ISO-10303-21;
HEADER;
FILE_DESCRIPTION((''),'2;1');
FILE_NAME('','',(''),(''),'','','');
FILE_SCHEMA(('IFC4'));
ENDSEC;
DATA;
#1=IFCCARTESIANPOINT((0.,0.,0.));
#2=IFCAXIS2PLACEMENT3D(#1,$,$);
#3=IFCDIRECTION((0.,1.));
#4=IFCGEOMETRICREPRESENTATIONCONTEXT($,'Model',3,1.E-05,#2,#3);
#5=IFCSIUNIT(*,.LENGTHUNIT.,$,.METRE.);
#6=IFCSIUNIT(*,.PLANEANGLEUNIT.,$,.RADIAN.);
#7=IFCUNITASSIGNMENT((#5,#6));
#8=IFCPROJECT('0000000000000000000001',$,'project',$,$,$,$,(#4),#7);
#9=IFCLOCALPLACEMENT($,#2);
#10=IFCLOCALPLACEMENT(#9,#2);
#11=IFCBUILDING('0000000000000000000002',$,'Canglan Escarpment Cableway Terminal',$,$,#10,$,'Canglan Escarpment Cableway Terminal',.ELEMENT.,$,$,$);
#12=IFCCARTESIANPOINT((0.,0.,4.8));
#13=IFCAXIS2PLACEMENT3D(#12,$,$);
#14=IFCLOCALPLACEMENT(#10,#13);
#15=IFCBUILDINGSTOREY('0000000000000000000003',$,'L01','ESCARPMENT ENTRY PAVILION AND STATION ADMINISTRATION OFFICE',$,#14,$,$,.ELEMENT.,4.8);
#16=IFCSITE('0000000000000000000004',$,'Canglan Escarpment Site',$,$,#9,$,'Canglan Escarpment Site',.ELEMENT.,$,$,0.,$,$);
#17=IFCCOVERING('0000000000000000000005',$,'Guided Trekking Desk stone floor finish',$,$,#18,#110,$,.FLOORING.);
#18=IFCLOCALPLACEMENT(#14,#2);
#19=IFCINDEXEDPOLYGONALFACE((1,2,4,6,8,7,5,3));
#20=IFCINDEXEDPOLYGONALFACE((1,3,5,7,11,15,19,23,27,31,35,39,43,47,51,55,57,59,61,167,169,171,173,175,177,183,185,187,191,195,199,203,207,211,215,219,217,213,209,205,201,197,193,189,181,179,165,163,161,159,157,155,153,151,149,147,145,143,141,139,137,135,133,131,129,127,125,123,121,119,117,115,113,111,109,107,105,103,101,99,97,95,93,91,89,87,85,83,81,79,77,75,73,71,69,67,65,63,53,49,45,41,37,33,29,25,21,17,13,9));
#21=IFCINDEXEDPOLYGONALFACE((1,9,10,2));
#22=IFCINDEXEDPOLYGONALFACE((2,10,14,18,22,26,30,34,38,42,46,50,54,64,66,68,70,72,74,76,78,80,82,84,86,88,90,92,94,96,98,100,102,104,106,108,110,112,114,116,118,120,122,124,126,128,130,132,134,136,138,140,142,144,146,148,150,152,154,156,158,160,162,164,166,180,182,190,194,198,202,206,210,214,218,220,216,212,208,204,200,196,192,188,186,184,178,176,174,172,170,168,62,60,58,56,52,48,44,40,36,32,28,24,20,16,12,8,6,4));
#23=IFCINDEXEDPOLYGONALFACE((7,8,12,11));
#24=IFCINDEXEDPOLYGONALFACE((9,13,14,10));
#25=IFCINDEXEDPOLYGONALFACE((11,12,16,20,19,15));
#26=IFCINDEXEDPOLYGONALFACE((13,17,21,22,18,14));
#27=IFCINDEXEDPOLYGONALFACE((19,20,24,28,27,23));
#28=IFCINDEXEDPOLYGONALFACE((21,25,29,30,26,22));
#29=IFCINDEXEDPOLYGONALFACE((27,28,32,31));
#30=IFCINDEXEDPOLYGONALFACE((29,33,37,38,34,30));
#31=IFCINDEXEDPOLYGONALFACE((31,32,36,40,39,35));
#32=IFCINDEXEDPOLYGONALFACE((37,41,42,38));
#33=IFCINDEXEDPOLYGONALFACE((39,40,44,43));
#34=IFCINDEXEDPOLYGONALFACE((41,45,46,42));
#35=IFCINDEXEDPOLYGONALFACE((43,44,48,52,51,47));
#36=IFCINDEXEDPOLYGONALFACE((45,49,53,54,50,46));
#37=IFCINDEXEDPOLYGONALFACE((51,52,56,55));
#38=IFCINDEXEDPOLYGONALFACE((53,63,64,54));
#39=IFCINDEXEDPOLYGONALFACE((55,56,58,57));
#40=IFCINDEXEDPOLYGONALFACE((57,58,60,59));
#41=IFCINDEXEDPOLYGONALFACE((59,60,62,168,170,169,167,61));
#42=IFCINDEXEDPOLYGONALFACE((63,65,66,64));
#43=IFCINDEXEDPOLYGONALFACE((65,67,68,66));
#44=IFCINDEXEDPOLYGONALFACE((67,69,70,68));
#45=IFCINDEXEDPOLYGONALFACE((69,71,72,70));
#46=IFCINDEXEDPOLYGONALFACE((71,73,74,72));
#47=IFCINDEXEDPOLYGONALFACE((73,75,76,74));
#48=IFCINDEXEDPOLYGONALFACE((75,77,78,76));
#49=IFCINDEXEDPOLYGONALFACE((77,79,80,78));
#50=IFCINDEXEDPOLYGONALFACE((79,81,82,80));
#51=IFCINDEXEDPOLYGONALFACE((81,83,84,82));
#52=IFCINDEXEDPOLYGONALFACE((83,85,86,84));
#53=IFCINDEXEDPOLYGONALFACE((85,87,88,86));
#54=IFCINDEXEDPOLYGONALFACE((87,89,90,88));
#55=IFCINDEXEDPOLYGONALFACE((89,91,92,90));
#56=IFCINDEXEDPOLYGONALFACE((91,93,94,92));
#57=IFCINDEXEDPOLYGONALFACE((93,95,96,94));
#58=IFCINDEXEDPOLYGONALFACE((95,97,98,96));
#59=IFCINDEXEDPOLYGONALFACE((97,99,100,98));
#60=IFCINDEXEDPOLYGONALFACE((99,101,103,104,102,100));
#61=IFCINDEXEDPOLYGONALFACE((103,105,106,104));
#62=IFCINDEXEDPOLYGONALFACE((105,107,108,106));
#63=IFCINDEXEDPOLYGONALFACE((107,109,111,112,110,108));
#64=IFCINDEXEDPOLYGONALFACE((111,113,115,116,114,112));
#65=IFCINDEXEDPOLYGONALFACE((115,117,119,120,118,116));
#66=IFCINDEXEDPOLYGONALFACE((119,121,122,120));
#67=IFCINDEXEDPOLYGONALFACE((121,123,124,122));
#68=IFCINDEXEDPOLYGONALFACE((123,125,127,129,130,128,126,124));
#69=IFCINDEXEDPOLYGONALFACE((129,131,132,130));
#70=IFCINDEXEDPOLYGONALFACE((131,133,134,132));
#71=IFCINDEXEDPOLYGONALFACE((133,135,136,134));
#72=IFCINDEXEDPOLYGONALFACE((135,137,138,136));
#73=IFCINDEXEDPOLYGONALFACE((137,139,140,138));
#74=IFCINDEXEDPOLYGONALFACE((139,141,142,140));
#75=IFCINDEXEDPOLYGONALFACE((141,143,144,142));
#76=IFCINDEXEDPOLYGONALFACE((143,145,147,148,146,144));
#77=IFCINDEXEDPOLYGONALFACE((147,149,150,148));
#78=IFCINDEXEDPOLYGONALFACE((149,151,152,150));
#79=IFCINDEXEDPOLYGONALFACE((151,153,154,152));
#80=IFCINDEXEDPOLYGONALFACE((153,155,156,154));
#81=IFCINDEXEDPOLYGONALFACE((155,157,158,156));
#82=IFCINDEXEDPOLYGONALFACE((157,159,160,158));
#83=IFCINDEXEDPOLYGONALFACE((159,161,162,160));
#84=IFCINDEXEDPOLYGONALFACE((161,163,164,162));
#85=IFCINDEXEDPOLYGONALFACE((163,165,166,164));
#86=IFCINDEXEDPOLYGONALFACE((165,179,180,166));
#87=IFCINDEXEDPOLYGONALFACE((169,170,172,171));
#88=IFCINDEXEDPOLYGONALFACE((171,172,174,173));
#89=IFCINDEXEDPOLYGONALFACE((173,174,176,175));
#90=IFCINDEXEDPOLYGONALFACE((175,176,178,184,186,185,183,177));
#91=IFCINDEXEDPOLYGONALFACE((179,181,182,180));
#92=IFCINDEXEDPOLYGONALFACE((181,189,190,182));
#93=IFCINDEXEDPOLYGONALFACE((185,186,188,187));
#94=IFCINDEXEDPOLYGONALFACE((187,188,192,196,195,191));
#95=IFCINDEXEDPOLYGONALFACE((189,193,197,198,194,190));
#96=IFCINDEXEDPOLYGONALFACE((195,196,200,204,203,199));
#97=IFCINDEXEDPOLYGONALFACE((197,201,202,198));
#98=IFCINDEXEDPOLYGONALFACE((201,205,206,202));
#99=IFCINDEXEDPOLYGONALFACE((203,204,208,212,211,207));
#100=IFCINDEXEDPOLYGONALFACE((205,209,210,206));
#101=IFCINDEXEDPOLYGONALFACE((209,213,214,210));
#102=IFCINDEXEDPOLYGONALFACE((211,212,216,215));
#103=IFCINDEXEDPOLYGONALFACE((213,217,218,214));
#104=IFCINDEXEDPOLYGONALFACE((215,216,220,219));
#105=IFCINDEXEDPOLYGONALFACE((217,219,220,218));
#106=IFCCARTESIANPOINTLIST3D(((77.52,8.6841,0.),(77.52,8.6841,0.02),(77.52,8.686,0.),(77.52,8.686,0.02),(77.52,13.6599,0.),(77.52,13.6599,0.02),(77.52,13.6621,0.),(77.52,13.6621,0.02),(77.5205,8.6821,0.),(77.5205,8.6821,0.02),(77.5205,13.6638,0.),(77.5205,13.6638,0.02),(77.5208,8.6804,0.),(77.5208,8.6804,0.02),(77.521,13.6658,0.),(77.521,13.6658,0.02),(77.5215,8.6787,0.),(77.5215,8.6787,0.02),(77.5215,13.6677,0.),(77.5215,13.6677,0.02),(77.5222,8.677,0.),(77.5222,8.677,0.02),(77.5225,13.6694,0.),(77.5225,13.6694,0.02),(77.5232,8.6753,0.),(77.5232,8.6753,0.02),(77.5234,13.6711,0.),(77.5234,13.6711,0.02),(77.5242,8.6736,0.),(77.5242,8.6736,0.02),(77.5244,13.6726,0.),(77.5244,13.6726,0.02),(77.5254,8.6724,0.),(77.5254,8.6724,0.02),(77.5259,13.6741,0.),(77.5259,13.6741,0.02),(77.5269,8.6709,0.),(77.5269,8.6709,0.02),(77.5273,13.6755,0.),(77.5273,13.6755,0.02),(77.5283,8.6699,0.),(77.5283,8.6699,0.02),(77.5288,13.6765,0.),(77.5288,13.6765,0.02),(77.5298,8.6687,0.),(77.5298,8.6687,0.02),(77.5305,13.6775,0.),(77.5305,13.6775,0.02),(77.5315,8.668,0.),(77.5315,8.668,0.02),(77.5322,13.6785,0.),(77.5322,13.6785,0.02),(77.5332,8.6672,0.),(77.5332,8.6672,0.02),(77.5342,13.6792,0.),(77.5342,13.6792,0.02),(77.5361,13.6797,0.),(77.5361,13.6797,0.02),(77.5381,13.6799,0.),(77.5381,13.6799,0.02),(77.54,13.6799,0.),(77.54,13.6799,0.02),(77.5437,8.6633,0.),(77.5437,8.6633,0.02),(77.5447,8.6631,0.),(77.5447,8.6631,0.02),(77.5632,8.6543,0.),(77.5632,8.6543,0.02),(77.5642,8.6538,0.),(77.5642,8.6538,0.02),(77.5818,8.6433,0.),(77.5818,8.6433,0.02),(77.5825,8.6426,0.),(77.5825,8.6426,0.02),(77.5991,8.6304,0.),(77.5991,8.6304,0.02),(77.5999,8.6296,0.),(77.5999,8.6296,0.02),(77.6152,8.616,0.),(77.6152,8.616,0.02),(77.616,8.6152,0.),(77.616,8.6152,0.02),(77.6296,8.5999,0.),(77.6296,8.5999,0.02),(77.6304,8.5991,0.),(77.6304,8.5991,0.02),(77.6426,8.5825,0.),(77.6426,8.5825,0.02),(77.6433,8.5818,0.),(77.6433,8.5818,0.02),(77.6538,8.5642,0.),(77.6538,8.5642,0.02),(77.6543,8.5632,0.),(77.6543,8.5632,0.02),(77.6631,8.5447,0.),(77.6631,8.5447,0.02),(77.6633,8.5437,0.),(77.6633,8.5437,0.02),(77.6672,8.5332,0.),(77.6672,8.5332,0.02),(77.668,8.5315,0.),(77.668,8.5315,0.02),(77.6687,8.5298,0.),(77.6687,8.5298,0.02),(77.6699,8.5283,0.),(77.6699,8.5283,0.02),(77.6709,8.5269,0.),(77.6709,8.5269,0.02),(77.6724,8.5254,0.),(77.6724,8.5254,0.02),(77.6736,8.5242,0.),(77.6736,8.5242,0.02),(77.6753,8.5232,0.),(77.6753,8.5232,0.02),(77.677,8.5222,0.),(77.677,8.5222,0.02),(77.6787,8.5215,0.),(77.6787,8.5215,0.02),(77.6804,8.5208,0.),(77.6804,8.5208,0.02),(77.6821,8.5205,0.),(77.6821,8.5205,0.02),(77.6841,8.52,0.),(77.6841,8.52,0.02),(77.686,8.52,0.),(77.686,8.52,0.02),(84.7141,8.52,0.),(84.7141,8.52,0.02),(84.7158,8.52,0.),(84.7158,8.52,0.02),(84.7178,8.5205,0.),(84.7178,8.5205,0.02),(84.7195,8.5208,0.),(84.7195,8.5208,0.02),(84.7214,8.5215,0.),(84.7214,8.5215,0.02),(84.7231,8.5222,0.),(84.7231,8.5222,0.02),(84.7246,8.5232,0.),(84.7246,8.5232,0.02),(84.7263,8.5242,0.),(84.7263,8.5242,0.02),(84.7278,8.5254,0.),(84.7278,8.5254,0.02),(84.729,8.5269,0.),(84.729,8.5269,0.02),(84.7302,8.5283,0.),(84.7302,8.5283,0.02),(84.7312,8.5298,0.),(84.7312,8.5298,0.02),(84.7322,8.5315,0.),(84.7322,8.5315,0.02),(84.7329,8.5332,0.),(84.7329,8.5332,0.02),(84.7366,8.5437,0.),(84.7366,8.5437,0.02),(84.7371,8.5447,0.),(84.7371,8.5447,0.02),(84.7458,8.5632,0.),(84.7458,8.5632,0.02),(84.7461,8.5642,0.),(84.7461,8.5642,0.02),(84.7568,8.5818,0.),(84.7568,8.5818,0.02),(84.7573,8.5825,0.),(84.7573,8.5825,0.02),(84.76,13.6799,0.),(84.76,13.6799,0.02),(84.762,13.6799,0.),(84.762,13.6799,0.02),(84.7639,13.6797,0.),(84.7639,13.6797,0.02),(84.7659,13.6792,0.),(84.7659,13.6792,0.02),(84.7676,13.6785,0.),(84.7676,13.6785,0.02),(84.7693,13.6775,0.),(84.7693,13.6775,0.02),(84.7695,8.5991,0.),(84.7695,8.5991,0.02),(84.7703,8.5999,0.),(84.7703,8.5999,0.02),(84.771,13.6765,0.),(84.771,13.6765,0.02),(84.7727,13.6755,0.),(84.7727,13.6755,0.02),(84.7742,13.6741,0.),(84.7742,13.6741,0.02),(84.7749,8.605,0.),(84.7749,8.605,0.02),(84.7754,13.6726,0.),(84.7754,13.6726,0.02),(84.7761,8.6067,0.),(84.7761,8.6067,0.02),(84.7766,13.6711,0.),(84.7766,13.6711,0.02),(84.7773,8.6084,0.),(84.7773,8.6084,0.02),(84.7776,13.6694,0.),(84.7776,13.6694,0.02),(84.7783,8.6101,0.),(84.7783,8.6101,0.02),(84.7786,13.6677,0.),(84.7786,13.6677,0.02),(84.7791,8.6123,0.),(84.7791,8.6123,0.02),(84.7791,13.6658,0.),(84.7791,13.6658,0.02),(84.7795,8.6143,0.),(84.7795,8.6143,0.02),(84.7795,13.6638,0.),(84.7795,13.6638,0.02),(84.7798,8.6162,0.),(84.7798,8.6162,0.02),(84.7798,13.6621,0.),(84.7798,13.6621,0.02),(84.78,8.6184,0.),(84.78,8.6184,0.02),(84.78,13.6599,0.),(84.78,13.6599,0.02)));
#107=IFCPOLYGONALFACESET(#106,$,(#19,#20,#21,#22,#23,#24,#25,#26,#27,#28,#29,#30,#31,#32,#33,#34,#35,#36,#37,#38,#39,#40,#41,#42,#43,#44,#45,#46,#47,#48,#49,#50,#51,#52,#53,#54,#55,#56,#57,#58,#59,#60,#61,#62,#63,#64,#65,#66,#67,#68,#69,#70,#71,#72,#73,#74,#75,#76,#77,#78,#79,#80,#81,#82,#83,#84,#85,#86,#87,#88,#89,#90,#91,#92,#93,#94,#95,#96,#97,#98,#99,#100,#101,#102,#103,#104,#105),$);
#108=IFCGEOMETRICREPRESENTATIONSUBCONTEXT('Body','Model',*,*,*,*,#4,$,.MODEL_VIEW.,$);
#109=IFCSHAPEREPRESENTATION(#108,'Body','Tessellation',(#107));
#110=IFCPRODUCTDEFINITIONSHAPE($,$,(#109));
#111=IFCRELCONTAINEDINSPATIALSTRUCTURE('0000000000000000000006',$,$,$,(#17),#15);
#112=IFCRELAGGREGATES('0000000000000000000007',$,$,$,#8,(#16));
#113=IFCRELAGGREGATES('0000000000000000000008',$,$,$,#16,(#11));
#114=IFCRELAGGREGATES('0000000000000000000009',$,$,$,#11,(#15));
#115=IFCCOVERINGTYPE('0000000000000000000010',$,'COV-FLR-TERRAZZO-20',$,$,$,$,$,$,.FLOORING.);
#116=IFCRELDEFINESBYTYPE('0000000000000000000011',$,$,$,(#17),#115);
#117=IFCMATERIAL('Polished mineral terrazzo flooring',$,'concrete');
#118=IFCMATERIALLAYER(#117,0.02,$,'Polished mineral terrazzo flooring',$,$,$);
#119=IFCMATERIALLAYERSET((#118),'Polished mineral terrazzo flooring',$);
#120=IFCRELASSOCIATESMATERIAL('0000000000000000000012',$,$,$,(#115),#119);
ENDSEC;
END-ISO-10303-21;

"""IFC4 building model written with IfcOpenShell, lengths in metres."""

from ifc_helpers import new_model, si_unit, direction, frame, origin, place, context, subcontext, project, spatial, polyline, outline, extrude, material, layer, layer_set, type_object, element, save


model = new_model("IFC4")

# Units and contexts
model_context = context("Model", 3, precision=1e-05, world=origin(), true_north=direction((0.0, 1.0)))
body_context = subcontext(model_context, "Body", "Model", "MODEL_VIEW")
ifc_project = project(units=[si_unit("LENGTHUNIT", "METRE"), si_unit("PLANEANGLEUNIT", "RADIAN")], contexts=[model_context])

# Site, building, storey
site_placement = place(None, origin())
site = spatial("IfcSite", under=ifc_project, at=site_placement, Name="Canglan Escarpment Site", LongName="Canglan Escarpment Site", CompositionType="ELEMENT", RefElevation=0.0)
building_placement = place(site_placement, origin())
building = spatial("IfcBuilding", under=site, at=building_placement, Name="Canglan Escarpment Cableway Terminal", LongName="Canglan Escarpment Cableway Terminal", CompositionType="ELEMENT")
storey_placement = place(building_placement, frame((0.0, 0.0, 4.8)))
storey = spatial("IfcBuildingStorey", under=building, at=storey_placement, Name="L01", Description="ESCARPMENT ENTRY PAVILION AND STATION ADMINISTRATION OFFICE", CompositionType="ELEMENT", Elevation=4.8)

# Covering
ifc_material_1 = material(Name="Polished mineral terrazzo flooring", Category="concrete")
ifc_layer_1 = layer(ifc_material_1, 0.02, Name="Polished mineral terrazzo flooring")
ifc_layer_set_1 = layer_set([ifc_layer_1], Name="Polished mineral terrazzo flooring")
covering_type_1 = type_object("IfcCoveringType", Name="COV-FLR-TERRAZZO-20", PredefinedType="FLOORING", material=ifc_layer_set_1)
covering_1_placement = place(storey_placement, origin())
element("IfcCovering", 1, at=covering_1_placement, inside=storey, type_object=covering_type_1, Name="Guided Trekking Desk stone floor finish", PredefinedType="FLOORING", context=body_context, shape_type="SweptSolid", body=[
    extrude(outline(polyline([(77.5332, 8.6672), (77.5315, 8.668), (77.5298, 8.6687), (77.5283, 8.6699), (77.5269, 8.6709), (77.5254, 8.6724), (77.5242, 8.6736), (77.5232, 8.6753), (77.5222, 8.677), (77.5215, 8.6787), (77.5208, 8.6804), (77.5205, 8.6821), (77.52, 8.6841), (77.52, 8.686), (77.52, 13.6599), (77.52, 13.6621), (77.5205, 13.6638), (77.521, 13.6658), (77.5215, 13.6677), (77.5225, 13.6694), (77.5234, 13.6711), (77.5244, 13.6726), (77.5259, 13.6741), (77.5273, 13.6755), (77.5288, 13.6765), (77.5305, 13.6775), (77.5322, 13.6785), (77.5342, 13.6792), (77.5361, 13.6797), (77.5381, 13.6799), (77.54, 13.6799), (84.76, 13.6799), (84.762, 13.6799), (84.7639, 13.6797), (84.7659, 13.6792), (84.7676, 13.6785), (84.7693, 13.6775), (84.771, 13.6765), (84.7727, 13.6755), (84.7742, 13.6741), (84.7754, 13.6726), (84.7766, 13.6711), (84.7776, 13.6694), (84.7786, 13.6677), (84.7791, 13.6658), (84.7795, 13.6638), (84.7798, 13.6621), (84.78, 13.6599), (84.78, 8.6184), (84.7798, 8.6162), (84.7795, 8.6143), (84.7791, 8.6123), (84.7783, 8.6101), (84.7773, 8.6084), (84.7761, 8.6067), (84.7749, 8.605), (84.7703, 8.5999), (84.7695, 8.5991), (84.7573, 8.5825), (84.7568, 8.5818), (84.7461, 8.5642), (84.7458, 8.5632), (84.7371, 8.5447), (84.7366, 8.5437), (84.7329, 8.5332), (84.7322, 8.5315), (84.7312, 8.5298), (84.7302, 8.5283), (84.729, 8.5269), (84.7278, 8.5254), (84.7263, 8.5242), (84.7246, 8.5232), (84.7231, 8.5222), (84.7214, 8.5215), (84.7195, 8.5208), (84.7178, 8.5205), (84.7158, 8.52), (84.7141, 8.52), (77.686, 8.52), (77.6841, 8.52), (77.6821, 8.5205), (77.6804, 8.5208), (77.6787, 8.5215), (77.677, 8.5222), (77.6753, 8.5232), (77.6736, 8.5242), (77.6724, 8.5254), (77.6709, 8.5269), (77.6699, 8.5283), (77.6687, 8.5298), (77.668, 8.5315), (77.6672, 8.5332), (77.6633, 8.5437), (77.6631, 8.5447), (77.6543, 8.5632), (77.6538, 8.5642), (77.6433, 8.5818), (77.6426, 8.5825), (77.6304, 8.5991), (77.6296, 8.5999), (77.616, 8.6152), (77.6152, 8.616), (77.5999, 8.6296), (77.5991, 8.6304), (77.5825, 8.6426), (77.5818, 8.6433), (77.5642, 8.6538), (77.5632, 8.6543), (77.5447, 8.6631), (77.5437, 8.6633), (77.5332, 8.6672)])), origin(), (0.0, 0.0, 1.0), 0.02),
])

save(model, "model.ifc")
